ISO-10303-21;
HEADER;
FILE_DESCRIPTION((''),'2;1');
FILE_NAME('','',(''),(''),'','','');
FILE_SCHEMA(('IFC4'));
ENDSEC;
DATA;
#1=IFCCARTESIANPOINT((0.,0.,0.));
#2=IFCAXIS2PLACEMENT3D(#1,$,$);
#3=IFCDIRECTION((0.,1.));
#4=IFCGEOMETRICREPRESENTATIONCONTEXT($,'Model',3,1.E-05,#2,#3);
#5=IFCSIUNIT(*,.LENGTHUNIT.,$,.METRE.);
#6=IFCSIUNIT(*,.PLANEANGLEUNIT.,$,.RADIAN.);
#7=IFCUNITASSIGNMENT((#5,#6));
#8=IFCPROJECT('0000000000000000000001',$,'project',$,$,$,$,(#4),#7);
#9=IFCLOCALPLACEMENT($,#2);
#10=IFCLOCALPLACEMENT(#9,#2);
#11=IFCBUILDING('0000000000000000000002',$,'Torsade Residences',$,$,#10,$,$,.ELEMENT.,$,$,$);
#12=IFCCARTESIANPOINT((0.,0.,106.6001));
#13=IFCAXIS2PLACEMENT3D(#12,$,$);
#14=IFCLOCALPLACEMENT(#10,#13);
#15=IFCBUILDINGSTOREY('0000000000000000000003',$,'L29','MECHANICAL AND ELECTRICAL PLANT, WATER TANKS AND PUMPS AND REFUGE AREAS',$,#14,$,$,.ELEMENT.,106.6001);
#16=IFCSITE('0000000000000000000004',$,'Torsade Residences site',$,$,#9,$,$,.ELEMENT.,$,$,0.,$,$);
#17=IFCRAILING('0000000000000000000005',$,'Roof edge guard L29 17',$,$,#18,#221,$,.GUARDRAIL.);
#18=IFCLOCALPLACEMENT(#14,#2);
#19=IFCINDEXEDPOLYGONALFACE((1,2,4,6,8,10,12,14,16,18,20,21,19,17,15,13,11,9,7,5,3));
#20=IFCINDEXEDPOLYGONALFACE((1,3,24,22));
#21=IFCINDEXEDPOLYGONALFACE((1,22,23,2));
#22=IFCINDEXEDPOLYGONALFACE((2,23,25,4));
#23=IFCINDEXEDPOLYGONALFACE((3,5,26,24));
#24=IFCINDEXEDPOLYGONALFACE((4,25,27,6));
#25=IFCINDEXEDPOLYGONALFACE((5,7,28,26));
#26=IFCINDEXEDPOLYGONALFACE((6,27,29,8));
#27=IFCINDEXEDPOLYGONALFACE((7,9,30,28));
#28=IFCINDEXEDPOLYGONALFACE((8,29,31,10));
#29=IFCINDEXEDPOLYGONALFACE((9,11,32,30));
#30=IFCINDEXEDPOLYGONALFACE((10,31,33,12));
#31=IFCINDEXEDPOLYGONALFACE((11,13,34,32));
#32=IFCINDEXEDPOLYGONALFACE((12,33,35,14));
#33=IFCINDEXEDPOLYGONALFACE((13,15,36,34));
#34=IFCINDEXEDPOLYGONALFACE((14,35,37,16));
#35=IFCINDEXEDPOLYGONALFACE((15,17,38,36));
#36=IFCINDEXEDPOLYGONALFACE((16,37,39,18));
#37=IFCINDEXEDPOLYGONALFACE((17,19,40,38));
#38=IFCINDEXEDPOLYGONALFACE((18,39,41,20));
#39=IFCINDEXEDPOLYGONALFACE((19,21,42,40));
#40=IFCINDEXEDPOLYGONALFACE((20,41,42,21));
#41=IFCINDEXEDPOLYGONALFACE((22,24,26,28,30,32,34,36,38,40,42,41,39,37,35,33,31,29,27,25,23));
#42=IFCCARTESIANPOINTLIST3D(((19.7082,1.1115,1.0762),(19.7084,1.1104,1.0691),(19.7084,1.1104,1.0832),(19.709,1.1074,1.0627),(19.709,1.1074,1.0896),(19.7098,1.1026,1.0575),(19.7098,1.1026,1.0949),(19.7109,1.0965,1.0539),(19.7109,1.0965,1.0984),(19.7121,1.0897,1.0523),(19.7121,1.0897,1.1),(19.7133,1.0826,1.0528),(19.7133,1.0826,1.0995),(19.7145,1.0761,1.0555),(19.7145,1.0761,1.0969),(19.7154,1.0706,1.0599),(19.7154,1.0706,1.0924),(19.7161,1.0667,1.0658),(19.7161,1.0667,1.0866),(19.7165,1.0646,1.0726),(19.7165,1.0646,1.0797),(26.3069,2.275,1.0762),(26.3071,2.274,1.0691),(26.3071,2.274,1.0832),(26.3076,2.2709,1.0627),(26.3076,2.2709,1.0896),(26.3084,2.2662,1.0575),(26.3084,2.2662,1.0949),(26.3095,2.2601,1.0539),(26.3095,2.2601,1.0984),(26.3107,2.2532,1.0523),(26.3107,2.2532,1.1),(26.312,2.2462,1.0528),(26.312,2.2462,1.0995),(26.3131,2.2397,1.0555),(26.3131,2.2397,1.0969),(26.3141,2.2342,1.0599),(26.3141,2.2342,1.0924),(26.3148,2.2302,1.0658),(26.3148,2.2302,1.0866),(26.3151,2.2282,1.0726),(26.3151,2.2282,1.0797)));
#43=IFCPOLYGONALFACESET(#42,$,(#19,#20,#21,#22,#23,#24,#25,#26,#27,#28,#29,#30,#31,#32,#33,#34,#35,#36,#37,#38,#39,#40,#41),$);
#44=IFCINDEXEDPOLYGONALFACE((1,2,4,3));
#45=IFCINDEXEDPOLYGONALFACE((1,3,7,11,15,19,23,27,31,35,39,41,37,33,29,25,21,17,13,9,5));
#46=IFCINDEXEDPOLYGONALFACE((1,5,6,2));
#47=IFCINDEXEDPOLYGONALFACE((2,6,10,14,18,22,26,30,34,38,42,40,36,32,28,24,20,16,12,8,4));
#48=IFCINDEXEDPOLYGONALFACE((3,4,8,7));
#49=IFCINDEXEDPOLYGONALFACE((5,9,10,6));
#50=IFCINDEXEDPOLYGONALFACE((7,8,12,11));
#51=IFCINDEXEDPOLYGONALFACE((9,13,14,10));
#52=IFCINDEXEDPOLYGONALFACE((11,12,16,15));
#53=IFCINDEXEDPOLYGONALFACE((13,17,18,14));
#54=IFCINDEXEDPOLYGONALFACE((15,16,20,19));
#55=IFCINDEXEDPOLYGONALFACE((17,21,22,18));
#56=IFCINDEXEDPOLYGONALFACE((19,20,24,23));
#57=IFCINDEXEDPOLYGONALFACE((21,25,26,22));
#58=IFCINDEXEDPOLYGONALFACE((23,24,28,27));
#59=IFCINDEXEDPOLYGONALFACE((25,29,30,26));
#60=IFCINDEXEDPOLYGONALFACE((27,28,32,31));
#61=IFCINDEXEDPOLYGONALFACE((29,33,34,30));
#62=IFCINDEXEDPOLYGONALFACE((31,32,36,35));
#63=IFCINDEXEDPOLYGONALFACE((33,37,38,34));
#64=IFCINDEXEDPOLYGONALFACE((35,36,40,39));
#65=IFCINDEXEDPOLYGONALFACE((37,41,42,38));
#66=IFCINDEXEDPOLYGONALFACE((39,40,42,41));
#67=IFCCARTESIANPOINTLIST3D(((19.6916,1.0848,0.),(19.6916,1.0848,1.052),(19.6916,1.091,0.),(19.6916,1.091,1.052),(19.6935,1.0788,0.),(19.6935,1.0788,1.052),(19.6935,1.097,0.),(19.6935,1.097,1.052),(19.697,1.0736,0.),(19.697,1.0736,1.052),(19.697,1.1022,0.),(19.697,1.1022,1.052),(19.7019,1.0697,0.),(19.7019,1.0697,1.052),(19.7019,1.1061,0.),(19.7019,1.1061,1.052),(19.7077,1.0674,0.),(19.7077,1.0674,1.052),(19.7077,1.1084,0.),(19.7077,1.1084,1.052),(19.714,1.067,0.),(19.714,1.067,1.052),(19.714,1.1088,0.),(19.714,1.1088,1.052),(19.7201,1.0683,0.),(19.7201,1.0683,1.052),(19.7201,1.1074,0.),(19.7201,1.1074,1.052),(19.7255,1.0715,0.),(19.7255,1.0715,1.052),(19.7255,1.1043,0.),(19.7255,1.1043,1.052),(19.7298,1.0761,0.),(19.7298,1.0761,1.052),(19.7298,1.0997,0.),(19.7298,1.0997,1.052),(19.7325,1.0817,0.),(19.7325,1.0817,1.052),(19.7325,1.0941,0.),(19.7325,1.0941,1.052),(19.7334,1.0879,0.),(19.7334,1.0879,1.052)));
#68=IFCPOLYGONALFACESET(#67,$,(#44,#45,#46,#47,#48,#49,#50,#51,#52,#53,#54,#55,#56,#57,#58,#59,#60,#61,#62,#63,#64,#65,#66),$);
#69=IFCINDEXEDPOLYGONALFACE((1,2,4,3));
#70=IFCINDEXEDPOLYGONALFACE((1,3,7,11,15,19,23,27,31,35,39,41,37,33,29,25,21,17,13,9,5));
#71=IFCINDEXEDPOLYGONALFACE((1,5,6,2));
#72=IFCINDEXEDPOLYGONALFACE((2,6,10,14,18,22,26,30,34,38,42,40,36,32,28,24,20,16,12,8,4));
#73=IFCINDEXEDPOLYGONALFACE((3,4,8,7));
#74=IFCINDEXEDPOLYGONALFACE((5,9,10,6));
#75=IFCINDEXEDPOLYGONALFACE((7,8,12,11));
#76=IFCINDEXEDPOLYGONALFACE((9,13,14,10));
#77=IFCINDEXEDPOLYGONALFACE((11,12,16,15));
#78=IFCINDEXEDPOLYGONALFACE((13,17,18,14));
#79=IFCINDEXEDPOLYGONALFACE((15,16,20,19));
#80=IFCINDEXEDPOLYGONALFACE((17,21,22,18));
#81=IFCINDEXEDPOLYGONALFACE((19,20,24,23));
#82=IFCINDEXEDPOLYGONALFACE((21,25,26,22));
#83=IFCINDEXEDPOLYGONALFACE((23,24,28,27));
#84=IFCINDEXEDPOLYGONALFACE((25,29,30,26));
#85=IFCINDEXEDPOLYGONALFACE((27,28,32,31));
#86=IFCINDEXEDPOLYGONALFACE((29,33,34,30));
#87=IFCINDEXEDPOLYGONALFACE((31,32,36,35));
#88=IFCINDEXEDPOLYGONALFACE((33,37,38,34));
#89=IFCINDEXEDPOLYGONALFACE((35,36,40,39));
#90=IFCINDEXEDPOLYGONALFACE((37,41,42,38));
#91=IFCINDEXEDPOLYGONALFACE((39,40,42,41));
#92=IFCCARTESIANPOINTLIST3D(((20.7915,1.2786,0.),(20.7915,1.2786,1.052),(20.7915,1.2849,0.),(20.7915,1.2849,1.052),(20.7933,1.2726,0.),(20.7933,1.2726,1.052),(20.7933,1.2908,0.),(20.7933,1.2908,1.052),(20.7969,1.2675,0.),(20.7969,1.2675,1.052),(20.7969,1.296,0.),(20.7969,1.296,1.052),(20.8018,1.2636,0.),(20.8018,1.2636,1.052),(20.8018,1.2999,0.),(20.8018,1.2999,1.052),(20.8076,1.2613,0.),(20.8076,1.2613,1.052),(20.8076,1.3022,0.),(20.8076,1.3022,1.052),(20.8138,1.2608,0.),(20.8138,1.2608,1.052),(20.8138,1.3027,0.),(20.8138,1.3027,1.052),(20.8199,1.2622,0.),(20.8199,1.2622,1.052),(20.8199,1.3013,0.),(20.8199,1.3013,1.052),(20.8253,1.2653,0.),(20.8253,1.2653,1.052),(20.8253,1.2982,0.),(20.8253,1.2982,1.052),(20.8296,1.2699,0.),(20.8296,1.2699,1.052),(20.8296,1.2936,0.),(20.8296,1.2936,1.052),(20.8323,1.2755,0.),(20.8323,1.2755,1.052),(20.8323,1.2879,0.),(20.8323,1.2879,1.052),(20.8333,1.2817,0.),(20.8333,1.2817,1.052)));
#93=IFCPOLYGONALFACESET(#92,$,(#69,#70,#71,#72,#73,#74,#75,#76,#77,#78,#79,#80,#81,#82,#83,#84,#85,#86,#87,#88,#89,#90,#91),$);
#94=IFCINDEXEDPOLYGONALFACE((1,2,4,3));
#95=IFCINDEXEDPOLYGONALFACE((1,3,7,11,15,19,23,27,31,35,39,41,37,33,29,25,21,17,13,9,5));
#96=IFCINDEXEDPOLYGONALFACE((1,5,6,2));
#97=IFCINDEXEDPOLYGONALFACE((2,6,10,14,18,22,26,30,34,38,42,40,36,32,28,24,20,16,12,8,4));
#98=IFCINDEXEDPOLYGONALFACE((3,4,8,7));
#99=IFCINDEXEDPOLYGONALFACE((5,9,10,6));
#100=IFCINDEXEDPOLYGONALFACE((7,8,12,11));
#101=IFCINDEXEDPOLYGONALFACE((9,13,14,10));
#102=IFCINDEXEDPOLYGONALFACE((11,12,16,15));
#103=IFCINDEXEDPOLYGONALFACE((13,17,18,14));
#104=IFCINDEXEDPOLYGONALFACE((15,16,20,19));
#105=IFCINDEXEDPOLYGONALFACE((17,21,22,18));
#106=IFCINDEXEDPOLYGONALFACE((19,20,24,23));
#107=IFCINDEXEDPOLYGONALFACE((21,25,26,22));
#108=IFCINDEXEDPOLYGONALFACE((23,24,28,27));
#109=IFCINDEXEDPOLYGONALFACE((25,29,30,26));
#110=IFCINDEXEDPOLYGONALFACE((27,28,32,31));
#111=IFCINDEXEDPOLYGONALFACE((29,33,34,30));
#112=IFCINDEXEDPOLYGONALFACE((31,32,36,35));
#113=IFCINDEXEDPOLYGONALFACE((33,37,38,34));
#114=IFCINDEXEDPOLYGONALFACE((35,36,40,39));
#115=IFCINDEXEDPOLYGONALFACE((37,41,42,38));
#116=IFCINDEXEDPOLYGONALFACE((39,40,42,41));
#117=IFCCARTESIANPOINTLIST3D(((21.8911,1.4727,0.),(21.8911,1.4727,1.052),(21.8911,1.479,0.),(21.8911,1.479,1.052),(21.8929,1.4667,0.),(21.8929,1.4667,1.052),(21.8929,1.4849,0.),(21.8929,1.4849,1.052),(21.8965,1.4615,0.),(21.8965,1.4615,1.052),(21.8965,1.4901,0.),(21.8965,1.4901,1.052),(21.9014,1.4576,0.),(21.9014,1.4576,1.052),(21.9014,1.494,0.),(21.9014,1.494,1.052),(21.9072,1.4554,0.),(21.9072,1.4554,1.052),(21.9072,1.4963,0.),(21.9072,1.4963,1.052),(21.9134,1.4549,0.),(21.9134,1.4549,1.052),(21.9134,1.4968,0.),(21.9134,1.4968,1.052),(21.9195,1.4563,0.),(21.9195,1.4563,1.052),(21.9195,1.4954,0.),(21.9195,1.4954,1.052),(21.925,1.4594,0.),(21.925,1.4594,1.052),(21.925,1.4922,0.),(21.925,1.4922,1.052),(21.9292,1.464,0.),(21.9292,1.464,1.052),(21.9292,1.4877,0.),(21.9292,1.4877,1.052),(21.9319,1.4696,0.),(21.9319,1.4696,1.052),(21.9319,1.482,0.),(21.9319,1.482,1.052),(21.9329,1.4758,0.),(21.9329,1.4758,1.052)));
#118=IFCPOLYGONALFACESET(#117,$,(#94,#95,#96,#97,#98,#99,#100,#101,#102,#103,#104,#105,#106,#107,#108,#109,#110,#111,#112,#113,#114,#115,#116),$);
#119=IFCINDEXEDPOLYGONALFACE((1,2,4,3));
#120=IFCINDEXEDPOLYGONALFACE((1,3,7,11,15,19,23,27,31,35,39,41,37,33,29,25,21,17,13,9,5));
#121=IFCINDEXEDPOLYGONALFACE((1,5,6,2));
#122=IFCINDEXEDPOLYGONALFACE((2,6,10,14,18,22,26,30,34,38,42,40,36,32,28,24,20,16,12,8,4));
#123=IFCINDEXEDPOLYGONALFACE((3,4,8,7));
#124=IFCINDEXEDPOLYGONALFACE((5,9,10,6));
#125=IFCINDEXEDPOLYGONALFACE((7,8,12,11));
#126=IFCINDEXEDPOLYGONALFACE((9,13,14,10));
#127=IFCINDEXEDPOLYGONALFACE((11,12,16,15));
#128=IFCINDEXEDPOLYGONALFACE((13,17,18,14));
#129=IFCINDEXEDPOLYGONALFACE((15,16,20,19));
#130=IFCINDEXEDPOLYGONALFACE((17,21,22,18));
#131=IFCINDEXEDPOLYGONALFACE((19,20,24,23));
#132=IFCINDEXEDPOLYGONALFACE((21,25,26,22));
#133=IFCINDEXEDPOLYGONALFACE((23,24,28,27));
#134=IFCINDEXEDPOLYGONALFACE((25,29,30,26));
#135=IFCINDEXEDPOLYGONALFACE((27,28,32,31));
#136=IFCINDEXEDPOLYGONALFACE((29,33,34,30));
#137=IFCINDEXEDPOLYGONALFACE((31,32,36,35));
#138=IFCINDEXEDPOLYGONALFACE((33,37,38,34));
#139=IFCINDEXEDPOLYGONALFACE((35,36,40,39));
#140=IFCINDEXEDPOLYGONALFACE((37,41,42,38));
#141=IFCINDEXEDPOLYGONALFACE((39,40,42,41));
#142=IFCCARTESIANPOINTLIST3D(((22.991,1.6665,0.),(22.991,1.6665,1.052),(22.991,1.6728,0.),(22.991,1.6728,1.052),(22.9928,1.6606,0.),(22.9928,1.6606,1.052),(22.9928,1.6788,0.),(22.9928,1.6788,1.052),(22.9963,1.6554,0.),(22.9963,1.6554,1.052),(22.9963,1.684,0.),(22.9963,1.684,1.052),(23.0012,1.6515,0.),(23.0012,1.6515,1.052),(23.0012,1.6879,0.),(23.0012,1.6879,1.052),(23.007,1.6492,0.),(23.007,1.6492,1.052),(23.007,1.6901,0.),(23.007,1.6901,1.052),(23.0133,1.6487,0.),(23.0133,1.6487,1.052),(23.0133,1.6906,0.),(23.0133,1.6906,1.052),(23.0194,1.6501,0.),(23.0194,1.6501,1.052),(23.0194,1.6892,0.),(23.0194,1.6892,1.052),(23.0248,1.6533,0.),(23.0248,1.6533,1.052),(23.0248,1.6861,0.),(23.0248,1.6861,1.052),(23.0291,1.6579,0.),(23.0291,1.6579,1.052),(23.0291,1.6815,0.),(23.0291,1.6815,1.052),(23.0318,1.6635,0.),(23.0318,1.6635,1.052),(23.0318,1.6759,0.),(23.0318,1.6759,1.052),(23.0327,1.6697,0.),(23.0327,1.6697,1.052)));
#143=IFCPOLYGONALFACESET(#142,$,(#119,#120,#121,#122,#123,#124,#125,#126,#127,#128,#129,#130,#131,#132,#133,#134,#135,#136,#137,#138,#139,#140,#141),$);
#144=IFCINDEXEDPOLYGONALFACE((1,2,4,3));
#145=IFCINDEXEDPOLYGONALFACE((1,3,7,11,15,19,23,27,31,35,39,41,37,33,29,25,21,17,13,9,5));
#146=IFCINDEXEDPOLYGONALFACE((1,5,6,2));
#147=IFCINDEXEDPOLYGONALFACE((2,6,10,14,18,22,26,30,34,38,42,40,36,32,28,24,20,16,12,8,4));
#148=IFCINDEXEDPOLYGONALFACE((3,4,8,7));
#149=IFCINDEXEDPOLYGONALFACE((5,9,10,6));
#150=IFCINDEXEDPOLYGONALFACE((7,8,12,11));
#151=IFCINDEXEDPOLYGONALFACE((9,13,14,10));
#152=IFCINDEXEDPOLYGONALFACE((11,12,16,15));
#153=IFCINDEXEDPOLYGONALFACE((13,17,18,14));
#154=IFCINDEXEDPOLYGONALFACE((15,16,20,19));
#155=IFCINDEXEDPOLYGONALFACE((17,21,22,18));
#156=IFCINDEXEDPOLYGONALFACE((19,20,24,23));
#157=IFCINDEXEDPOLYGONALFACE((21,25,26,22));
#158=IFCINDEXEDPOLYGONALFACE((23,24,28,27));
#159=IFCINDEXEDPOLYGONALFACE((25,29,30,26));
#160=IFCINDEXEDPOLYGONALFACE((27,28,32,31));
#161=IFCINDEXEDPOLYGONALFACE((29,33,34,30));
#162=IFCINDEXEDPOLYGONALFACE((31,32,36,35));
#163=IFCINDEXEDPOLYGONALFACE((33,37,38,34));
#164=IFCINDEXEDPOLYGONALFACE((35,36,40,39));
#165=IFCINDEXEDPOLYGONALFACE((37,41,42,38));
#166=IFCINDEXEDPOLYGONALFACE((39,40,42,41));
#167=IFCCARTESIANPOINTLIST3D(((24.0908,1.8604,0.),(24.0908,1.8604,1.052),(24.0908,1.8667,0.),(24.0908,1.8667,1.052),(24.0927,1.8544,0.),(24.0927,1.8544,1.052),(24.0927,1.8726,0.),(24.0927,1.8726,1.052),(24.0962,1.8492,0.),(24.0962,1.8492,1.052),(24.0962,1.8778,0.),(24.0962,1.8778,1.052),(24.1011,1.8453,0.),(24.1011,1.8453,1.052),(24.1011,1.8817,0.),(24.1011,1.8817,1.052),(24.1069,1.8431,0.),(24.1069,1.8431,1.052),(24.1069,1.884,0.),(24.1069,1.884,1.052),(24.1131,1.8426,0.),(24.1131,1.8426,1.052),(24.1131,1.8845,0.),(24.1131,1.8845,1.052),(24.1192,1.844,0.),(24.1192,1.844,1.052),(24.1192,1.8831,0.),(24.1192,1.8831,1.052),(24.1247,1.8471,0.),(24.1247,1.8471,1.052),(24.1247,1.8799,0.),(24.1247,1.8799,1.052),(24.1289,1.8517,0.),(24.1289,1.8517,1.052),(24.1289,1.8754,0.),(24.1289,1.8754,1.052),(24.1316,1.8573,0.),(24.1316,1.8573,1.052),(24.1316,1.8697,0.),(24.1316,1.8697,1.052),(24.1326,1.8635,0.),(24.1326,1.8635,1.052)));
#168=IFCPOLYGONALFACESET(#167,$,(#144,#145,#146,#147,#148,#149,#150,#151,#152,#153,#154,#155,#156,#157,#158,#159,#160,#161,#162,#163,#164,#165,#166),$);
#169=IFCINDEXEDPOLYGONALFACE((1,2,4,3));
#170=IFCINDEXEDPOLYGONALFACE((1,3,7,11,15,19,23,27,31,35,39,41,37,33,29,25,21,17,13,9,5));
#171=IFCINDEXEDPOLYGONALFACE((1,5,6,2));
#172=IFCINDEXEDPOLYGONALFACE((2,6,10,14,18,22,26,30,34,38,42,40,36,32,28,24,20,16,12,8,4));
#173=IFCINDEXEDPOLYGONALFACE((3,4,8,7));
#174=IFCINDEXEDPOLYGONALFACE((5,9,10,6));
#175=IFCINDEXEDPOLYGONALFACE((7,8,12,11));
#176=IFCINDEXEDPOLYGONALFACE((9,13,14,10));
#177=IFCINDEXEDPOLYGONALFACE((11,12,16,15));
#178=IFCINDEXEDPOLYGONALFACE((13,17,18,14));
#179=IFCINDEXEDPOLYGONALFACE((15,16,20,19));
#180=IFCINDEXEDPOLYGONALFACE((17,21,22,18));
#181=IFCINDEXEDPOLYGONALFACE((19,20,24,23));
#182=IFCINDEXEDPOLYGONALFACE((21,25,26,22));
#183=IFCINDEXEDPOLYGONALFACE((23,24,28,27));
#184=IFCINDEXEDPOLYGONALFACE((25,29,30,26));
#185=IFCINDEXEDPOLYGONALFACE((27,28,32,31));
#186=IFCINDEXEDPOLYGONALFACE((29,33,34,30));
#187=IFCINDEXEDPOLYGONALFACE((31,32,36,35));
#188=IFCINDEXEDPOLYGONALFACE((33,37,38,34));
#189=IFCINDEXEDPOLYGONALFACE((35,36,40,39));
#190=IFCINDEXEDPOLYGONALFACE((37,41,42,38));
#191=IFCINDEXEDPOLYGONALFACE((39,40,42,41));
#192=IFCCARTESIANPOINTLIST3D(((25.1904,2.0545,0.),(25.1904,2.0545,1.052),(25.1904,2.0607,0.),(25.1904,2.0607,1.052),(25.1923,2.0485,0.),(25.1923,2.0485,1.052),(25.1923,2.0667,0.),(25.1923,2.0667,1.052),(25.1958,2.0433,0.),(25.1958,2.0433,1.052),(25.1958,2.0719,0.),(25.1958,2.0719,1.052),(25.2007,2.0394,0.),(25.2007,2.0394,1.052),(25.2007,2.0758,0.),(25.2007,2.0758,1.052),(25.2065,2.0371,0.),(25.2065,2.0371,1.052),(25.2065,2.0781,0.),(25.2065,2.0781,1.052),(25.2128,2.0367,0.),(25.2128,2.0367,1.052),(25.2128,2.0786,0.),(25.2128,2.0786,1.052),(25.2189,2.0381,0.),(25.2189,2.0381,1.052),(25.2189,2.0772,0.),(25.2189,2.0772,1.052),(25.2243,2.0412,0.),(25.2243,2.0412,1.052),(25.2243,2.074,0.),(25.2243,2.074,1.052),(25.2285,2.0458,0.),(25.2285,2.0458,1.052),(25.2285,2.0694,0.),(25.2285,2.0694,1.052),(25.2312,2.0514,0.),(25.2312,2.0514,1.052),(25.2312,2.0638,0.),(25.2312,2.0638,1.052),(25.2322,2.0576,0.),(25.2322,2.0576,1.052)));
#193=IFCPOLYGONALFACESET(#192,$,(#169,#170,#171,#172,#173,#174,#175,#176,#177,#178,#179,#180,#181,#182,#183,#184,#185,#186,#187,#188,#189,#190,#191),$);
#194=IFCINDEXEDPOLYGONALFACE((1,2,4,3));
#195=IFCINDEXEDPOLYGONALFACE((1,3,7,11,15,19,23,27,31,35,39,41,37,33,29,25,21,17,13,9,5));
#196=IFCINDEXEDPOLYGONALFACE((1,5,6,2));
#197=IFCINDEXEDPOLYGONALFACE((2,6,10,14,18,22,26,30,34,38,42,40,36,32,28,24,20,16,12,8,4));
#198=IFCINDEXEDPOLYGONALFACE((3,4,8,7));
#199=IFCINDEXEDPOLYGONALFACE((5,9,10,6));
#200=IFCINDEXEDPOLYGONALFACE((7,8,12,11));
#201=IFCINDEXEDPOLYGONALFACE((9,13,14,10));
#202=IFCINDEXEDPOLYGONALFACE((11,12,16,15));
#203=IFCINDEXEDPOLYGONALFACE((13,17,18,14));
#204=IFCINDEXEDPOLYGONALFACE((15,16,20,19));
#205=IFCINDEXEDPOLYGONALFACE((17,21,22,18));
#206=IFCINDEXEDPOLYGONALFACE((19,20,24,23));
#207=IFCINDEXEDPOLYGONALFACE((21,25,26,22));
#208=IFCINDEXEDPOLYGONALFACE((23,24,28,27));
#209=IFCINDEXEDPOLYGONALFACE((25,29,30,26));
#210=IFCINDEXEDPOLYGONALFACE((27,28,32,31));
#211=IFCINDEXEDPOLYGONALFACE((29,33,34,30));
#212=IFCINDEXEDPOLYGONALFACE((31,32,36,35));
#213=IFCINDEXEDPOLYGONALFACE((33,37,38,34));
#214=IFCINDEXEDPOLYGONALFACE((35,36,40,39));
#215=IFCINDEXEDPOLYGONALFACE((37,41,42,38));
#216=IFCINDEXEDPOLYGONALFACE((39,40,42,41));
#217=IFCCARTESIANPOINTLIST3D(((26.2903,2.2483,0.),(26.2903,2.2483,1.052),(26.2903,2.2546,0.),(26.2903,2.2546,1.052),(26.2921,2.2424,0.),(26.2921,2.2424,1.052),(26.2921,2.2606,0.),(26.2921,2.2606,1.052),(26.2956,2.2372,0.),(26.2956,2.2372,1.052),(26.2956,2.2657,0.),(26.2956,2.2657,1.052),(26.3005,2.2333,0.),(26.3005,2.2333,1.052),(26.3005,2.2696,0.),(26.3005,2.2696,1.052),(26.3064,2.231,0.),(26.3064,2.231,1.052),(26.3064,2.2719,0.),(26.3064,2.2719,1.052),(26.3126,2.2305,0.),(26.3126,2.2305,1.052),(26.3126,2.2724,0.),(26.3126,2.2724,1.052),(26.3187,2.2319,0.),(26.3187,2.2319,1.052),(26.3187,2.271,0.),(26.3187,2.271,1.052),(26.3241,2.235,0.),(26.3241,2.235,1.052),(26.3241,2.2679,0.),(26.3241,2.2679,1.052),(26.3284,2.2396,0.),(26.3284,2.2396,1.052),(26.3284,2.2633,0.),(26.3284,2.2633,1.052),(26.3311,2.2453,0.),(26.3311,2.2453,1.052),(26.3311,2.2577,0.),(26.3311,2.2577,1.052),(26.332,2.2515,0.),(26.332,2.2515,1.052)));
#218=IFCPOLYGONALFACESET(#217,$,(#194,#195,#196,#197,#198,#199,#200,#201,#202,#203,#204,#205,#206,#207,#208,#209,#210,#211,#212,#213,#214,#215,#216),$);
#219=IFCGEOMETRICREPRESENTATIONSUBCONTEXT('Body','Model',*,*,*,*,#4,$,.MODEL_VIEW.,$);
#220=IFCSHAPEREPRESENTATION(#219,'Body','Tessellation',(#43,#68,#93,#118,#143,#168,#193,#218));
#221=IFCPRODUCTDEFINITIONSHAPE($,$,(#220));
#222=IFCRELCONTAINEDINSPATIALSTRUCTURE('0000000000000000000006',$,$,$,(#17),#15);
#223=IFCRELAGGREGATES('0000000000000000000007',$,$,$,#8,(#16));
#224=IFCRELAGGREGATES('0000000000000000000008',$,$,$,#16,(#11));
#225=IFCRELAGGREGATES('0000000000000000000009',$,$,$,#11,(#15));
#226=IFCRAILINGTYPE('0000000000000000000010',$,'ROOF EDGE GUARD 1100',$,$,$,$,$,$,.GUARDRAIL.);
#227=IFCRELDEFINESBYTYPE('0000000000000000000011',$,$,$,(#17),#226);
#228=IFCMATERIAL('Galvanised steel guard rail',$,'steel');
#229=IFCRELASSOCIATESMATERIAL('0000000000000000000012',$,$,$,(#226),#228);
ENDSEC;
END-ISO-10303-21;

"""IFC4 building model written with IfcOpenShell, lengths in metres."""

from ifc_helpers import new_model, si_unit, direction, frame, origin, origin_2d, place, context, subcontext, project, spatial, circle, extrude, material, type_object, element, save


model = new_model("IFC4")

# Units and contexts
model_context = context("Model", 3, precision=1e-05, world=origin(), true_north=direction((0.0, 1.0)))
body_context = subcontext(model_context, "Body", "Model", "MODEL_VIEW")
ifc_project = project(units=[si_unit("LENGTHUNIT", "METRE"), si_unit("PLANEANGLEUNIT", "RADIAN")], contexts=[model_context])

# Site, building, storey
site_placement = place(None, origin())
site = spatial("IfcSite", under=ifc_project, at=site_placement, Name="Torsade Residences site", CompositionType="ELEMENT", RefElevation=0.0)
building_placement = place(site_placement, origin())
building = spatial("IfcBuilding", under=site, at=building_placement, Name="Torsade Residences", CompositionType="ELEMENT")
storey_placement = place(building_placement, frame((0.0, 0.0, 106.6001)))
storey = spatial("IfcBuildingStorey", under=building, at=storey_placement, Name="L29", Description="MECHANICAL AND ELECTRICAL PLANT, WATER TANKS AND PUMPS AND REFUGE AREAS", CompositionType="ELEMENT", Elevation=106.6001)

# Railing
ifc_material_1 = material(Name="Galvanised steel guard rail", Category="steel")
railing_type = type_object("IfcRailingType", Name="ROOF EDGE GUARD 1100", PredefinedType="GUARDRAIL", material=ifc_material_1)
railing_placement = place(storey_placement, frame((19.7124, 1.0879, 0.0)))
element("IfcRailing", 1, at=railing_placement, inside=storey, type_object=railing_type, Name="Roof edge guard L29 17", PredefinedType="GUARDRAIL", context=body_context, shape_type="SweptSolid", body=[
    extrude(circle(Radius=0.0239, at=origin_2d()), frame((0.0, 0.0, 1.0762), z_axis=(0.984806, 0.173656, 0.0), x_axis=(-0.173656, 0.984806, 0.0)), (0.0, 0.0, 1.0), 6.7004),
    extrude(circle(Radius=0.021, at=origin_2d()), origin(), (0.0, 0.0, 1.0), 1.052),
    extrude(circle(Radius=0.021, at=origin_2d()), frame((1.0999, 0.1938, 0.0)), (0.0, 0.0, 1.0), 1.052),
    extrude(circle(Radius=0.021, at=origin_2d()), frame((2.1995, 0.3879, 0.0)), (0.0, 0.0, 1.0), 1.052),
    extrude(circle(Radius=0.021, at=origin_2d()), frame((3.2993, 0.5818, 0.0)), (0.0, 0.0, 1.0), 1.052),
    extrude(circle(Radius=0.021, at=origin_2d()), frame((4.3992, 0.7756, 0.0)), (0.0, 0.0, 1.0), 1.052),
    extrude(circle(Radius=0.021, at=origin_2d()), frame((5.4988, 0.9697, 0.0)), (0.0, 0.0, 1.0), 1.052),
    extrude(circle(Radius=0.021, at=origin_2d()), frame((6.5986, 1.1636, 0.0)), (0.0, 0.0, 1.0), 1.052),
])

save(model, "model.ifc")
